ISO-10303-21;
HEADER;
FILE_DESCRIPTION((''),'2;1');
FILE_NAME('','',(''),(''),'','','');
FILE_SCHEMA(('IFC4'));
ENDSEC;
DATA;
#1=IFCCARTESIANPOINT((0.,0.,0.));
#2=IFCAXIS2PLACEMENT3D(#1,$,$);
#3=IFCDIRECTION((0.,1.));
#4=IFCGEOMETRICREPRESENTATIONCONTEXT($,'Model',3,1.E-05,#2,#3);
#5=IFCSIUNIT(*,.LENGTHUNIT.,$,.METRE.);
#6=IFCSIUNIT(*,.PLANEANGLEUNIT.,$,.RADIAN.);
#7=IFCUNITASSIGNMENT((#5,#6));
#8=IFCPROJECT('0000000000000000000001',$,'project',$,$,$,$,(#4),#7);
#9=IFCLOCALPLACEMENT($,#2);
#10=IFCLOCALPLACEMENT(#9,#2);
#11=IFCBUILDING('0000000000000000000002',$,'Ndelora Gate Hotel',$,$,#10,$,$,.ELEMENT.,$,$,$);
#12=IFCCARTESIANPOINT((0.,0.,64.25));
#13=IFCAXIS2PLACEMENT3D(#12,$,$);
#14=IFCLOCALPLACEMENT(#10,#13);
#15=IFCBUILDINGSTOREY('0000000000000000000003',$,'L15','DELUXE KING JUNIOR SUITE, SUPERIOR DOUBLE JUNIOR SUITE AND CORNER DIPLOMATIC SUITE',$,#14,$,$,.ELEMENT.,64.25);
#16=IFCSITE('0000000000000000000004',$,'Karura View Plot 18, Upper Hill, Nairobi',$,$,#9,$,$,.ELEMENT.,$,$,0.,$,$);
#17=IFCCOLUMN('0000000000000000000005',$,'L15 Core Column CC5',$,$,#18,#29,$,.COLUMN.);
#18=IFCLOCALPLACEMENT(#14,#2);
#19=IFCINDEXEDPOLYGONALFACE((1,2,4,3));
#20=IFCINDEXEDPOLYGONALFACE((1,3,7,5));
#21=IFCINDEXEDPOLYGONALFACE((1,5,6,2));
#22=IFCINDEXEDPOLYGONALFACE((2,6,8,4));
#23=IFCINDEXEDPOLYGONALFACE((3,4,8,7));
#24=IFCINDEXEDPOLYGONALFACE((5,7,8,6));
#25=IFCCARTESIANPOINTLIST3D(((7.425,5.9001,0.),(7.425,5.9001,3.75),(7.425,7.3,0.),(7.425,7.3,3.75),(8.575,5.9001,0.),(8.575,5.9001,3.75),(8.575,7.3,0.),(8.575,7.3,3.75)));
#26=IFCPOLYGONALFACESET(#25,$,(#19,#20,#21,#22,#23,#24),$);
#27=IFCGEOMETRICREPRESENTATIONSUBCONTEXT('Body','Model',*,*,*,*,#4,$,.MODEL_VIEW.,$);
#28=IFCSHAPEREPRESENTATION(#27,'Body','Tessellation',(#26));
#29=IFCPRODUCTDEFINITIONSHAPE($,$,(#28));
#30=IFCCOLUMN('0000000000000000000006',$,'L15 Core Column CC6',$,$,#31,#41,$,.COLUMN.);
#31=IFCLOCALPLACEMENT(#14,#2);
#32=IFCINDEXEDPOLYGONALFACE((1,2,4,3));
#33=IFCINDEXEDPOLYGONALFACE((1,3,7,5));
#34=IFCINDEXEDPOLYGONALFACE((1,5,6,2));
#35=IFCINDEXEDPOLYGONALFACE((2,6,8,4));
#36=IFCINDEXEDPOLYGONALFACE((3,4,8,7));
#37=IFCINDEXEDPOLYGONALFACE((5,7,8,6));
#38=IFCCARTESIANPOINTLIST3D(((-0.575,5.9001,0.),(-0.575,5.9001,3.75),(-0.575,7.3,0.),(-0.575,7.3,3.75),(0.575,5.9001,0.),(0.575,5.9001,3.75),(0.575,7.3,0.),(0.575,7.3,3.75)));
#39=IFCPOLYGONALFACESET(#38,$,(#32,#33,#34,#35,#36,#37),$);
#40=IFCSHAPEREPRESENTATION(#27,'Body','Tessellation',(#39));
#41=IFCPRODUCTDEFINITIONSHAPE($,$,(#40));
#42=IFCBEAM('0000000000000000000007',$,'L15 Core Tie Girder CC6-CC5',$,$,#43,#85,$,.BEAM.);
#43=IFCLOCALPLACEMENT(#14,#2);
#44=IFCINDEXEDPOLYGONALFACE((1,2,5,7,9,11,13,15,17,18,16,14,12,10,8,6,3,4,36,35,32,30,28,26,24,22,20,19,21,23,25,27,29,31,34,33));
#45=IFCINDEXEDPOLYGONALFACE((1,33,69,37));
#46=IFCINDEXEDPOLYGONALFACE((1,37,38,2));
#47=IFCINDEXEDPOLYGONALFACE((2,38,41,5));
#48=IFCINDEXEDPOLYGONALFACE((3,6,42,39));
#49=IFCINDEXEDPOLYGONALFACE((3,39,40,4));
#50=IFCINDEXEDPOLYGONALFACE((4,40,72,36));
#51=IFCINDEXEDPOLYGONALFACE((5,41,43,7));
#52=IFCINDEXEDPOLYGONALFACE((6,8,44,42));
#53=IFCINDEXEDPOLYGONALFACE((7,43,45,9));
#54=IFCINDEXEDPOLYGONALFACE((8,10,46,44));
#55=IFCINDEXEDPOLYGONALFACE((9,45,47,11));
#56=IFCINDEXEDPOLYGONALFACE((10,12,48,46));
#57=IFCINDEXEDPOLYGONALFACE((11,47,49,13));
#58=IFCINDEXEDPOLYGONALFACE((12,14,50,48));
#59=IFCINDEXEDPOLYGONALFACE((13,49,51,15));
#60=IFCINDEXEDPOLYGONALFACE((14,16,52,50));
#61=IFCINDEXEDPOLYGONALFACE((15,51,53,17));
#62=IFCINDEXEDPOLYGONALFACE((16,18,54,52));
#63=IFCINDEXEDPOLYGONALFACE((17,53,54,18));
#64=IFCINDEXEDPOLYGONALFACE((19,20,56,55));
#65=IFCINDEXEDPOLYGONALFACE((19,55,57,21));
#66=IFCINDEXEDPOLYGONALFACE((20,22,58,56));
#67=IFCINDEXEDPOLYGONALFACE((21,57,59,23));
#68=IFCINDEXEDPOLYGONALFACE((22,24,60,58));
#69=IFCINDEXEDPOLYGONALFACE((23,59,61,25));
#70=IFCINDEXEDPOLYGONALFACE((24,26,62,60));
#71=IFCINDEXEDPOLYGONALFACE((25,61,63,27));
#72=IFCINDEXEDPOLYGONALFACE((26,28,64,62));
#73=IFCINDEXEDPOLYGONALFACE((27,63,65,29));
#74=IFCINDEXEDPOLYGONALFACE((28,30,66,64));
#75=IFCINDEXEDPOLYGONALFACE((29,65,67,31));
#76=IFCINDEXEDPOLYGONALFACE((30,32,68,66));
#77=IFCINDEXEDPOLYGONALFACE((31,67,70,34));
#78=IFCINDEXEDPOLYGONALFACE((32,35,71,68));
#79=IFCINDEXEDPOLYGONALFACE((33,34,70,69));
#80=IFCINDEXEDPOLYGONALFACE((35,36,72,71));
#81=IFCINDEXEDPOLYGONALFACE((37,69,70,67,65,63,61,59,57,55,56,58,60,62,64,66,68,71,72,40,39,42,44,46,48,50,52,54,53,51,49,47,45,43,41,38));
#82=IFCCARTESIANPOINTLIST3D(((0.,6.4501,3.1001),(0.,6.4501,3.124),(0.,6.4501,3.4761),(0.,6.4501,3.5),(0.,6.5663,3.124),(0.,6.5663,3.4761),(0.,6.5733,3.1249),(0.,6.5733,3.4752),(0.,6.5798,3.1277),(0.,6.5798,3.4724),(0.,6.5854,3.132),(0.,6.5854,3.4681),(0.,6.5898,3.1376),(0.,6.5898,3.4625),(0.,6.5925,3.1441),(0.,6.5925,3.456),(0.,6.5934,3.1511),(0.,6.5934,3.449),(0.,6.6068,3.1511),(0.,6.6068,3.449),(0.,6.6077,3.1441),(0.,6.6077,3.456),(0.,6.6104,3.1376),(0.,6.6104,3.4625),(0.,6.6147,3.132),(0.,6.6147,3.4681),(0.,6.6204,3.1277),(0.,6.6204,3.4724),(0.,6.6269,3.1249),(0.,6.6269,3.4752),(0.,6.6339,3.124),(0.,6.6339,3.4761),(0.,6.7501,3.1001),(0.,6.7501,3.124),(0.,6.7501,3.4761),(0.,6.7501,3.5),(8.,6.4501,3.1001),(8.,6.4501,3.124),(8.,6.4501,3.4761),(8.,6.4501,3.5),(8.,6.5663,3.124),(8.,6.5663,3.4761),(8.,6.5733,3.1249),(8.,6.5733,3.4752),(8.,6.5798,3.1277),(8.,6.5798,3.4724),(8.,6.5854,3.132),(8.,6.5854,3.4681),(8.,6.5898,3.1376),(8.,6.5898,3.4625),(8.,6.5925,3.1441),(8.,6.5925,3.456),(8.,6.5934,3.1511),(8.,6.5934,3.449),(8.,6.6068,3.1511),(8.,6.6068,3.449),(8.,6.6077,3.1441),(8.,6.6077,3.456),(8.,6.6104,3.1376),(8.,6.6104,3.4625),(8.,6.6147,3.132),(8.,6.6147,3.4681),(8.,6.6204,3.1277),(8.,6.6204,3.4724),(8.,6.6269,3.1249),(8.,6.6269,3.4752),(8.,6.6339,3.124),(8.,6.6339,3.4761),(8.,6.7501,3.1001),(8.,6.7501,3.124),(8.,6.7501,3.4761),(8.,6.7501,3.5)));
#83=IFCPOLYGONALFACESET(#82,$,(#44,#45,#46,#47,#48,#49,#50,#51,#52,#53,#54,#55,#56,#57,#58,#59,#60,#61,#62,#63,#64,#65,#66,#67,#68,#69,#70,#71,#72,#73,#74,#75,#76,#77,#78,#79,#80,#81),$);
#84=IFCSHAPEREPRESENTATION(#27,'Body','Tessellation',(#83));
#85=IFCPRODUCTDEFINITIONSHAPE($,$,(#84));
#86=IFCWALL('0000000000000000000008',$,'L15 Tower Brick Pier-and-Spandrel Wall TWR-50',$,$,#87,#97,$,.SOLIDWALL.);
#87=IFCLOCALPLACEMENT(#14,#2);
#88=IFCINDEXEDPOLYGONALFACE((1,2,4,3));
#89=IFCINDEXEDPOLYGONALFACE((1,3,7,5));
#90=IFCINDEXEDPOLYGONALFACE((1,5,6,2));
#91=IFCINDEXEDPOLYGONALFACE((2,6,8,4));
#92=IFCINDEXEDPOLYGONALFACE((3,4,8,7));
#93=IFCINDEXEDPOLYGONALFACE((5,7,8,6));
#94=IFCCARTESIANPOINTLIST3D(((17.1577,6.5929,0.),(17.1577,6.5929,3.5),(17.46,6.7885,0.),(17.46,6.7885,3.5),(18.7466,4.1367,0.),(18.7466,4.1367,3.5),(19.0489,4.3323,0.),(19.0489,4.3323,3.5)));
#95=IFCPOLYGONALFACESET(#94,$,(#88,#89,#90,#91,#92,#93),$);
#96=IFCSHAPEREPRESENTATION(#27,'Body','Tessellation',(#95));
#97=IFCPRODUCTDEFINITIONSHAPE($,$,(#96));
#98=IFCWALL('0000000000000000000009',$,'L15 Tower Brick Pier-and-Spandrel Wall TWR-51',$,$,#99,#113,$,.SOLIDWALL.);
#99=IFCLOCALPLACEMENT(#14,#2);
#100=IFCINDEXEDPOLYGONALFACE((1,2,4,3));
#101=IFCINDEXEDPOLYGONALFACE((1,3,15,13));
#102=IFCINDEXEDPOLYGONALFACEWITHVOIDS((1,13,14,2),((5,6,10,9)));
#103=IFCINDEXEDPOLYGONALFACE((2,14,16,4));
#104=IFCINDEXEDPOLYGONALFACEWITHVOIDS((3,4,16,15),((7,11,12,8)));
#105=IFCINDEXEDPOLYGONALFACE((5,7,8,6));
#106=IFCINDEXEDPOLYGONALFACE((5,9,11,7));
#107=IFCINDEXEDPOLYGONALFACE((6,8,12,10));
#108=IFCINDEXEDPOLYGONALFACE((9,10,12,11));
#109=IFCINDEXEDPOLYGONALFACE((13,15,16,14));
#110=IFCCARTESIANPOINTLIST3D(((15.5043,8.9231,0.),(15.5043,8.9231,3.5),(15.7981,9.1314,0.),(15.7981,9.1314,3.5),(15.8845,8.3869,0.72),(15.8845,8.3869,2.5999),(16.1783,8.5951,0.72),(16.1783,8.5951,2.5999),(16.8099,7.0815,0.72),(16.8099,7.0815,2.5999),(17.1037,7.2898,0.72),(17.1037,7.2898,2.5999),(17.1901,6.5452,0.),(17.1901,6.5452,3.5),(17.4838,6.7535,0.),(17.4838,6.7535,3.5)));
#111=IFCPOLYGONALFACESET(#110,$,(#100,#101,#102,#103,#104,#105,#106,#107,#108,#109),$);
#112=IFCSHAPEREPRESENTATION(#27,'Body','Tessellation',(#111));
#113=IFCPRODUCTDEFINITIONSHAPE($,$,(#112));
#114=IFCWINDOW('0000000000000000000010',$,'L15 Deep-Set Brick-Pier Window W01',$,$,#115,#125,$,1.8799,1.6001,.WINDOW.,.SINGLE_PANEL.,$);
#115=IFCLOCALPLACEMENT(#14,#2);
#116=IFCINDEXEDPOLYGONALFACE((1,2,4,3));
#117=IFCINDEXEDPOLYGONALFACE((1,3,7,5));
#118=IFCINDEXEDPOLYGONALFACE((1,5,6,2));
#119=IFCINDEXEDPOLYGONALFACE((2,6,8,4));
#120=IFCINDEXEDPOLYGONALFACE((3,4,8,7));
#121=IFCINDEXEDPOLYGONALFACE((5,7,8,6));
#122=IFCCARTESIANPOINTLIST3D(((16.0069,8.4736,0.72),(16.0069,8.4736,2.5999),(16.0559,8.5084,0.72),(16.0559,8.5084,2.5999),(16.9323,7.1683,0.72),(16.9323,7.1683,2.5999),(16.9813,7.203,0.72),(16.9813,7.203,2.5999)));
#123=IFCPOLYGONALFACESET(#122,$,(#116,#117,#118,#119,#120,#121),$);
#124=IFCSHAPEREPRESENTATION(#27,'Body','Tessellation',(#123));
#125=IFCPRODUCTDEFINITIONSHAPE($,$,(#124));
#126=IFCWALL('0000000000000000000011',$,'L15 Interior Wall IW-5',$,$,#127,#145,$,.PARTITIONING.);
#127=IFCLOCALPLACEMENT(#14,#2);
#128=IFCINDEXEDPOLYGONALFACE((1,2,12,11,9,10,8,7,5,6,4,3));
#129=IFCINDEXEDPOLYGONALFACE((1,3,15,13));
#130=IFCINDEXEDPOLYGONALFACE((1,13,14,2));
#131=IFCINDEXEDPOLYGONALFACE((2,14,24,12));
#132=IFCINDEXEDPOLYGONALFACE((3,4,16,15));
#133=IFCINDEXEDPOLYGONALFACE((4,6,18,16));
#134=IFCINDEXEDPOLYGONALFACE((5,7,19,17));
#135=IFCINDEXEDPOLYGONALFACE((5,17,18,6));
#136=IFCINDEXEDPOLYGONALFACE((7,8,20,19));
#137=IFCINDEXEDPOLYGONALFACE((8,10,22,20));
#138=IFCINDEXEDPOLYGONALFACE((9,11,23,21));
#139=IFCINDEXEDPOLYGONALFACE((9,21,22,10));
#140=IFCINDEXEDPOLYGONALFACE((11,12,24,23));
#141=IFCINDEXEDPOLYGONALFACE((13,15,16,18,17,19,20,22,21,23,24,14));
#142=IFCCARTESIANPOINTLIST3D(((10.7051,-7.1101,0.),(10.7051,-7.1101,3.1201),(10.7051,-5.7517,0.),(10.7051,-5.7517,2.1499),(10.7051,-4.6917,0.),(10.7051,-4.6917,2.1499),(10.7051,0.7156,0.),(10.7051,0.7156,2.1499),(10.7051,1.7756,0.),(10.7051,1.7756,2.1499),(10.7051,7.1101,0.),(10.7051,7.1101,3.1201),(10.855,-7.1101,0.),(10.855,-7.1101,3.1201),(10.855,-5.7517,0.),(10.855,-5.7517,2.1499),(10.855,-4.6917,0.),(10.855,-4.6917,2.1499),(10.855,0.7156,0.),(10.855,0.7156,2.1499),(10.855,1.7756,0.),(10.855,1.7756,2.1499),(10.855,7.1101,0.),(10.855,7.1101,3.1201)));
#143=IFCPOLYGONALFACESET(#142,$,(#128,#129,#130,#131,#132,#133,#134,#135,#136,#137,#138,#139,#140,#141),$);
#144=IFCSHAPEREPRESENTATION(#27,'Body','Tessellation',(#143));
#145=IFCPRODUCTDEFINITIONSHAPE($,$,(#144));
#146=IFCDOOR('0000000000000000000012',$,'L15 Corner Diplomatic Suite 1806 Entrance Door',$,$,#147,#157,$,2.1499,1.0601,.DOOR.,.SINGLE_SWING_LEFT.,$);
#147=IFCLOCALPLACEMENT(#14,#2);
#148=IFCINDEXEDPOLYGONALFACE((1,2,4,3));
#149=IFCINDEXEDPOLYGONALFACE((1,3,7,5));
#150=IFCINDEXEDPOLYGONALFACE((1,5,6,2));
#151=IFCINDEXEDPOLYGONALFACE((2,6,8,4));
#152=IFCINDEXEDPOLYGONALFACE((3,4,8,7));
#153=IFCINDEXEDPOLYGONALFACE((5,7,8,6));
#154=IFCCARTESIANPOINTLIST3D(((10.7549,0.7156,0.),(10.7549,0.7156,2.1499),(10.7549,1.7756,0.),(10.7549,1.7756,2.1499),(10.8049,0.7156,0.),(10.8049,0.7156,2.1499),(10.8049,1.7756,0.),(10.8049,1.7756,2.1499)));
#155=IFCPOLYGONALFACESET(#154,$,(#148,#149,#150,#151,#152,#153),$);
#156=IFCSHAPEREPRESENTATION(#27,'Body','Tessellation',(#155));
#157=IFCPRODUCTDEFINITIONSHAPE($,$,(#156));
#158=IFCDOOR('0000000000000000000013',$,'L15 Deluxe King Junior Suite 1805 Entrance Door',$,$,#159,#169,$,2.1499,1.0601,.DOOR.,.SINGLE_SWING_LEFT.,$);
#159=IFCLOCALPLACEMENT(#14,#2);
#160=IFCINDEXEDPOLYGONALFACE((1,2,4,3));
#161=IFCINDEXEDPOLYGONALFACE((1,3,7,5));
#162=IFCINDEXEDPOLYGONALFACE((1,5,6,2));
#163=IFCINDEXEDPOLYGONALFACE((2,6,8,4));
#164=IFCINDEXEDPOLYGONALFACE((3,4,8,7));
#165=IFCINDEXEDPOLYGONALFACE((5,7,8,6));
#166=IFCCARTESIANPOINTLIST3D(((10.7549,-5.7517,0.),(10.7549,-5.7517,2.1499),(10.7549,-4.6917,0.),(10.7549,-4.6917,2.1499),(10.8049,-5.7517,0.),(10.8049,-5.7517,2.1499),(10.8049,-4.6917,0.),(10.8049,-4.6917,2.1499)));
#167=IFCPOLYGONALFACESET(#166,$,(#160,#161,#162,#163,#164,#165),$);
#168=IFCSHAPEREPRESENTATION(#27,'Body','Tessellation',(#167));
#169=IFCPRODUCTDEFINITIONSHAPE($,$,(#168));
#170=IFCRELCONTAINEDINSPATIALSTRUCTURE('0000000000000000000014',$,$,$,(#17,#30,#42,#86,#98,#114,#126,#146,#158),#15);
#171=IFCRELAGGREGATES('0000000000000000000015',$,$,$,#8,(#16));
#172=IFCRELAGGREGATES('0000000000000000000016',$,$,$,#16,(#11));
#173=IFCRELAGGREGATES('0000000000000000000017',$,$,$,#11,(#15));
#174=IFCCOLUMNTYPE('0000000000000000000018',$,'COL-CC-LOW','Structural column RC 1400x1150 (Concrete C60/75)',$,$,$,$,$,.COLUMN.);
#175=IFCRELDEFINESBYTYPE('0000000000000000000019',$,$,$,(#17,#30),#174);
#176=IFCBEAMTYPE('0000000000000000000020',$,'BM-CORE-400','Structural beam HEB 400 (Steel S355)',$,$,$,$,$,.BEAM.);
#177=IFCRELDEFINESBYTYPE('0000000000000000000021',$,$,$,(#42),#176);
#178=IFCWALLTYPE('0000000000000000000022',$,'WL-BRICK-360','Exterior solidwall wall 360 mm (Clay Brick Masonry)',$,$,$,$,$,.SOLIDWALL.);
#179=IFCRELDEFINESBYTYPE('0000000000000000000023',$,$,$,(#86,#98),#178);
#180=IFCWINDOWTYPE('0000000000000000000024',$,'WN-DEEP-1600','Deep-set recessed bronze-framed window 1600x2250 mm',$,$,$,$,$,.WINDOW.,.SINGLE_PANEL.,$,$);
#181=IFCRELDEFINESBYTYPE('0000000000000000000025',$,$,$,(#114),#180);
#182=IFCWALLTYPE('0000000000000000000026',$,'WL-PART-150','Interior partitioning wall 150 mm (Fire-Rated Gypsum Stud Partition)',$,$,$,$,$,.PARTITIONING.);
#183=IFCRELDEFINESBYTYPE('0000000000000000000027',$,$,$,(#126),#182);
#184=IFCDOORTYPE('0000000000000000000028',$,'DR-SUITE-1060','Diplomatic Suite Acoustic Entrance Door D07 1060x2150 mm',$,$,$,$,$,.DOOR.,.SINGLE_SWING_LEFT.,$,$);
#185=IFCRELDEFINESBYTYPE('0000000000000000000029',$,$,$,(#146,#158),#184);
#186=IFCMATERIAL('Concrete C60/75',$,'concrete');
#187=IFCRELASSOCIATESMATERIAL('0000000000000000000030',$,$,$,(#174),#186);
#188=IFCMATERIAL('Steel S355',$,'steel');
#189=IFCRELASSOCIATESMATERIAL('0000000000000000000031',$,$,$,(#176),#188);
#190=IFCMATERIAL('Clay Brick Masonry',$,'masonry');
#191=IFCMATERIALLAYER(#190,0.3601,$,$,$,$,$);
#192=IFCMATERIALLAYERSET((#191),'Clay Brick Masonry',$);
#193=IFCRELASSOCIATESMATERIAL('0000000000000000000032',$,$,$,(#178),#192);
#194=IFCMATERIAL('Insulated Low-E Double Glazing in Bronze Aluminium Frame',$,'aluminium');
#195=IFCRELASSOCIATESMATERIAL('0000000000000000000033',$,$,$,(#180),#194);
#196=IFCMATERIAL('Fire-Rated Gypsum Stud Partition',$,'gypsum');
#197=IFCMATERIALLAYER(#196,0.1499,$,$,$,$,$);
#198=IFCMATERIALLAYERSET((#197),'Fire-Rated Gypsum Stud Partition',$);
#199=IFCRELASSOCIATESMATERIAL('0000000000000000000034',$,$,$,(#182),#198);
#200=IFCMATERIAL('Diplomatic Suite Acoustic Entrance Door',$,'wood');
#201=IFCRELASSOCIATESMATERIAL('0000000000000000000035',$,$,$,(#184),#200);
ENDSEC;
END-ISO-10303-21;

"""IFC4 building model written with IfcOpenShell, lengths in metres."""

from ifc_helpers import new_model, si_unit, direction, frame, frame_2d, origin, origin_2d, place, context, subcontext, project, spatial, rectangle, i_section, extrude, material, layer, layer_set, material_profile, profile_set, type_object, element, fill, save


model = new_model("IFC4")

# Units and contexts
model_context = context("Model", 3, precision=1e-05, world=origin(), true_north=direction((0.0, 1.0)))
body_context = subcontext(model_context, "Body", "Model", "MODEL_VIEW")
ifc_project = project(units=[si_unit("LENGTHUNIT", "METRE"), si_unit("PLANEANGLEUNIT", "RADIAN")], contexts=[model_context])

# Site, building, storey
site_placement = place(None, origin())
site = spatial("IfcSite", under=ifc_project, at=site_placement, Name="Karura View Plot 18, Upper Hill, Nairobi", CompositionType="ELEMENT", RefElevation=0.0)
building_placement = place(site_placement, origin())
building = spatial("IfcBuilding", under=site, at=building_placement, Name="Ndelora Gate Hotel", CompositionType="ELEMENT")
storey_placement = place(building_placement, frame((0.0, 0.0, 64.25)))
storey = spatial("IfcBuildingStorey", under=building, at=storey_placement, Name="L15", Description="DELUXE KING JUNIOR SUITE, SUPERIOR DOUBLE JUNIOR SUITE AND CORNER DIPLOMATIC SUITE", CompositionType="ELEMENT", Elevation=64.25)

# Columns
ifc_material_1 = material(Name="Concrete C60/75", Category="concrete")
ifc_material_profile_1 = material_profile(ifc_material_1, rectangle(XDim=1.1499, YDim=1.3999, at=origin_2d()), Name="RC 1400x1150")
ifc_profile_set_1 = profile_set([ifc_material_profile_1], Name="Concrete C60/75")
column_type = type_object("IfcColumnType", Name="COL-CC-LOW", Description="Structural column RC 1400x1150 (Concrete C60/75)", PredefinedType="COLUMN", material=ifc_profile_set_1)
for number, where, z_axis, x_axis, name in (
    (1, (8.0, 6.6001, 0.0), (0.0, 0.0, 1.0), (1.0, 0.0, 0.0), "L15 Core Column CC5"),
    (2, (0.0, 6.6001, 0.0), (0.0, 0.0, 1.0), (1.0, 0.0, 0.0), "L15 Core Column CC6"),
):
    element("IfcColumn", number, at=place(storey_placement, frame(where, z_axis=z_axis, x_axis=x_axis)), inside=storey, type_object=column_type, Name=name, PredefinedType="COLUMN", context=body_context, shape_type="SweptSolid", body=[
        extrude(rectangle(XDim=1.1499, YDim=1.3999, at=origin_2d()), origin(), (0.0, 0.0, 1.0), 3.75),
    ])

# Beam
ifc_material_2 = material(Name="Steel S355", Category="steel")
ifc_material_profile_2 = material_profile(ifc_material_2, i_section(OverallWidth=0.3, OverallDepth=0.3999, WebThickness=0.0134, FlangeThickness=0.0239, FilletRadius=0.0271, at=origin_2d()), Name="HEB 400")
ifc_profile_set_2 = profile_set([ifc_material_profile_2], Name="Steel S355")
beam_type = type_object("IfcBeamType", Name="BM-CORE-400", Description="Structural beam HEB 400 (Steel S355)", PredefinedType="BEAM", material=ifc_profile_set_2)
beam_placement = place(storey_placement, frame((0.0, 6.6001, 3.3), z_axis=(1.0, 0.0, 0.0), x_axis=(0.0, 1.0, 0.0)))
element("IfcBeam", 3, at=beam_placement, inside=storey, type_object=beam_type, Name="L15 Core Tie Girder CC6-CC5", PredefinedType="BEAM", context=body_context, shape_type="SweptSolid", body=[
    extrude(i_section(OverallWidth=0.3, OverallDepth=0.3999, WebThickness=0.0134, FlangeThickness=0.0239, FilletRadius=0.0271, at=origin_2d()), origin(), (0.0, 0.0, 1.0), 8.0),
])

# Wall
ifc_material_3 = material(Name="Clay Brick Masonry", Category="masonry")
ifc_layer_1 = layer(ifc_material_3, 0.3601)
ifc_layer_set_1 = layer_set([ifc_layer_1], Name="Clay Brick Masonry")
wall_type_1 = type_object("IfcWallType", Name="WL-BRICK-360", Description="Exterior solidwall wall 360 mm (Clay Brick Masonry)", PredefinedType="SOLIDWALL", material=ifc_layer_set_1)
wall_1_placement = place(storey_placement, frame((17.3088, 6.6907, 0.0), z_axis=(0.0, 0.0, 1.0), x_axis=(0.543168, -0.839624, 0.0)))
element("IfcWall", 4, at=wall_1_placement, inside=storey, type_object=wall_type_1, Name="L15 Tower Brick Pier-and-Spandrel Wall TWR-50", PredefinedType="SOLIDWALL", context=body_context, shape_type="SweptSolid", body=[
    extrude(rectangle(XDim=2.9253, YDim=0.3601, at=frame_2d((1.4626, 0.0))), origin(), (0.0, 0.0, 1.0), 3.5),
])

# Wall, opening, window
wall_2_placement = place(storey_placement, frame((15.6511, 9.0273, 0.0), z_axis=(0.0, 0.0, 1.0), x_axis=(0.578343, -0.815794, 0.0)))
wall_2 = element("IfcWall", 5, at=wall_2_placement, inside=storey, type_object=wall_type_1, Name="L15 Tower Brick Pier-and-Spandrel Wall TWR-51", PredefinedType="SOLIDWALL", context=body_context, shape_type="SweptSolid", body=[
    extrude(rectangle(XDim=2.9148, YDim=0.3601, at=frame_2d((1.4575, 0.0))), origin(), (0.0, 0.0, 1.0), 3.5),
])
opening_1_placement = place(wall_2_placement, frame((0.6575, 0.0, 0.72)))
opening_1 = element("IfcOpeningElement", 6, at=opening_1_placement, cuts=wall_2, PredefinedType="OPENING", context=body_context, shape_type="SweptSolid", body=[
    extrude(rectangle(XDim=1.6001, YDim=1.8799, at=frame_2d((0.8, 0.9399))), frame((0.0, 0.1899, 0.0), z_axis=(0.0, -1.0, 0.0), x_axis=(1.0, 0.0, 0.0)), (0.0, 0.0, 1.0), 0.3801),
])
ifc_material_4 = material(Name="Insulated Low-E Double Glazing in Bronze Aluminium Frame", Category="aluminium")
window_type = type_object("IfcWindowType", Name="WN-DEEP-1600", Description="Deep-set recessed bronze-framed window 1600x2250 mm", PartitioningType="SINGLE_PANEL", PredefinedType="WINDOW", material=ifc_material_4)
window_placement = place(opening_1_placement, origin())
window = element("IfcWindow", 7, at=window_placement, inside=storey, type_object=window_type, Name="L15 Deep-Set Brick-Pier Window W01", OverallHeight=1.8799, OverallWidth=1.6001, PartitioningType="SINGLE_PANEL", PredefinedType="WINDOW", context=body_context, shape_type="SweptSolid", body=[
    extrude(rectangle(XDim=1.6001, YDim=1.8799, at=frame_2d((0.8, 0.9399))), frame((0.0, 0.03, 0.0), z_axis=(0.0, -1.0, 0.0), x_axis=(1.0, 0.0, 0.0)), (0.0, 0.0, 1.0), 0.0601),
])
fill(opening_1, window)

# Wall, openings, doors
ifc_material_5 = material(Name="Fire-Rated Gypsum Stud Partition", Category="gypsum")
ifc_layer_2 = layer(ifc_material_5, 0.1499)
ifc_layer_set_2 = layer_set([ifc_layer_2], Name="Fire-Rated Gypsum Stud Partition")
wall_type_2 = type_object("IfcWallType", Name="WL-PART-150", Description="Interior partitioning wall 150 mm (Fire-Rated Gypsum Stud Partition)", PredefinedType="PARTITIONING", material=ifc_layer_set_2)
wall_3_placement = place(storey_placement, frame((10.78, 7.1101, 0.0), z_axis=(0.0, 0.0, 1.0), x_axis=(0.0, -1.0, 0.0)))
wall_3 = element("IfcWall", 8, at=wall_3_placement, inside=storey, type_object=wall_type_2, Name="L15 Interior Wall IW-5", PredefinedType="PARTITIONING", context=body_context, shape_type="SweptSolid", body=[
    extrude(rectangle(XDim=14.2202, YDim=0.1499, at=frame_2d((7.1101, 0.0))), origin(), (0.0, 0.0, 1.0), 3.1201),
])
opening_2_placement = place(wall_3_placement, frame((5.3345, 0.0, 0.0)))
opening_2 = element("IfcOpeningElement", 9, at=opening_2_placement, cuts=wall_3, PredefinedType="OPENING", context=body_context, shape_type="SweptSolid", body=[
    extrude(rectangle(XDim=1.0601, YDim=2.1499, at=frame_2d((0.53, 1.075))), frame((0.0, 0.085, 0.0), z_axis=(0.0, -1.0, 0.0), x_axis=(1.0, 0.0, 0.0)), (0.0, 0.0, 1.0), 0.1699),
])
opening_3_placement = place(wall_3_placement, frame((11.8018, 0.0, 0.0)))
opening_3 = element("IfcOpeningElement", 10, at=opening_3_placement, cuts=wall_3, PredefinedType="OPENING", context=body_context, shape_type="SweptSolid", body=[
    extrude(rectangle(XDim=1.0601, YDim=2.1499, at=frame_2d((0.53, 1.075))), frame((0.0, 0.085, 0.0), z_axis=(0.0, -1.0, 0.0), x_axis=(1.0, 0.0, 0.0)), (0.0, 0.0, 1.0), 0.1699),
])
ifc_material_6 = material(Name="Diplomatic Suite Acoustic Entrance Door", Category="wood")
door_type_1 = type_object("IfcDoorType", Name="DR-SUITE-1060", Description="Diplomatic Suite Acoustic Entrance Door D07 1060x2150 mm", OperationType="SINGLE_SWING_LEFT", PredefinedType="DOOR", material=ifc_material_6)
door_1_placement = place(opening_2_placement, origin())
door_1 = element("IfcDoor", 11, at=door_1_placement, inside=storey, type_object=door_type_1, Name="L15 Corner Diplomatic Suite 1806 Entrance Door", OperationType="SINGLE_SWING_LEFT", OverallHeight=2.1499, OverallWidth=1.0601, PredefinedType="DOOR", context=body_context, shape_type="SweptSolid", body=[
    extrude(rectangle(XDim=1.0601, YDim=2.1499, at=frame_2d((0.53, 1.075))), frame((0.0, 0.0249, 0.0), z_axis=(0.0, -1.0, 0.0), x_axis=(1.0, 0.0, 0.0)), (0.0, 0.0, 1.0), 0.05),
])
fill(opening_2, door_1)
door_2_placement = place(opening_3_placement, origin())
door_2 = element("IfcDoor", 12, at=door_2_placement, inside=storey, type_object=door_type_1, Name="L15 Deluxe King Junior Suite 1805 Entrance Door", OperationType="SINGLE_SWING_LEFT", OverallHeight=2.1499, OverallWidth=1.0601, PredefinedType="DOOR", context=body_context, shape_type="SweptSolid", body=[
    extrude(rectangle(XDim=1.0601, YDim=2.1499, at=frame_2d((0.53, 1.075))), frame((0.0, 0.0249, 0.0), z_axis=(0.0, -1.0, 0.0), x_axis=(1.0, 0.0, 0.0)), (0.0, 0.0, 1.0), 0.05),
])
fill(opening_3, door_2)

save(model, "model.ifc")
